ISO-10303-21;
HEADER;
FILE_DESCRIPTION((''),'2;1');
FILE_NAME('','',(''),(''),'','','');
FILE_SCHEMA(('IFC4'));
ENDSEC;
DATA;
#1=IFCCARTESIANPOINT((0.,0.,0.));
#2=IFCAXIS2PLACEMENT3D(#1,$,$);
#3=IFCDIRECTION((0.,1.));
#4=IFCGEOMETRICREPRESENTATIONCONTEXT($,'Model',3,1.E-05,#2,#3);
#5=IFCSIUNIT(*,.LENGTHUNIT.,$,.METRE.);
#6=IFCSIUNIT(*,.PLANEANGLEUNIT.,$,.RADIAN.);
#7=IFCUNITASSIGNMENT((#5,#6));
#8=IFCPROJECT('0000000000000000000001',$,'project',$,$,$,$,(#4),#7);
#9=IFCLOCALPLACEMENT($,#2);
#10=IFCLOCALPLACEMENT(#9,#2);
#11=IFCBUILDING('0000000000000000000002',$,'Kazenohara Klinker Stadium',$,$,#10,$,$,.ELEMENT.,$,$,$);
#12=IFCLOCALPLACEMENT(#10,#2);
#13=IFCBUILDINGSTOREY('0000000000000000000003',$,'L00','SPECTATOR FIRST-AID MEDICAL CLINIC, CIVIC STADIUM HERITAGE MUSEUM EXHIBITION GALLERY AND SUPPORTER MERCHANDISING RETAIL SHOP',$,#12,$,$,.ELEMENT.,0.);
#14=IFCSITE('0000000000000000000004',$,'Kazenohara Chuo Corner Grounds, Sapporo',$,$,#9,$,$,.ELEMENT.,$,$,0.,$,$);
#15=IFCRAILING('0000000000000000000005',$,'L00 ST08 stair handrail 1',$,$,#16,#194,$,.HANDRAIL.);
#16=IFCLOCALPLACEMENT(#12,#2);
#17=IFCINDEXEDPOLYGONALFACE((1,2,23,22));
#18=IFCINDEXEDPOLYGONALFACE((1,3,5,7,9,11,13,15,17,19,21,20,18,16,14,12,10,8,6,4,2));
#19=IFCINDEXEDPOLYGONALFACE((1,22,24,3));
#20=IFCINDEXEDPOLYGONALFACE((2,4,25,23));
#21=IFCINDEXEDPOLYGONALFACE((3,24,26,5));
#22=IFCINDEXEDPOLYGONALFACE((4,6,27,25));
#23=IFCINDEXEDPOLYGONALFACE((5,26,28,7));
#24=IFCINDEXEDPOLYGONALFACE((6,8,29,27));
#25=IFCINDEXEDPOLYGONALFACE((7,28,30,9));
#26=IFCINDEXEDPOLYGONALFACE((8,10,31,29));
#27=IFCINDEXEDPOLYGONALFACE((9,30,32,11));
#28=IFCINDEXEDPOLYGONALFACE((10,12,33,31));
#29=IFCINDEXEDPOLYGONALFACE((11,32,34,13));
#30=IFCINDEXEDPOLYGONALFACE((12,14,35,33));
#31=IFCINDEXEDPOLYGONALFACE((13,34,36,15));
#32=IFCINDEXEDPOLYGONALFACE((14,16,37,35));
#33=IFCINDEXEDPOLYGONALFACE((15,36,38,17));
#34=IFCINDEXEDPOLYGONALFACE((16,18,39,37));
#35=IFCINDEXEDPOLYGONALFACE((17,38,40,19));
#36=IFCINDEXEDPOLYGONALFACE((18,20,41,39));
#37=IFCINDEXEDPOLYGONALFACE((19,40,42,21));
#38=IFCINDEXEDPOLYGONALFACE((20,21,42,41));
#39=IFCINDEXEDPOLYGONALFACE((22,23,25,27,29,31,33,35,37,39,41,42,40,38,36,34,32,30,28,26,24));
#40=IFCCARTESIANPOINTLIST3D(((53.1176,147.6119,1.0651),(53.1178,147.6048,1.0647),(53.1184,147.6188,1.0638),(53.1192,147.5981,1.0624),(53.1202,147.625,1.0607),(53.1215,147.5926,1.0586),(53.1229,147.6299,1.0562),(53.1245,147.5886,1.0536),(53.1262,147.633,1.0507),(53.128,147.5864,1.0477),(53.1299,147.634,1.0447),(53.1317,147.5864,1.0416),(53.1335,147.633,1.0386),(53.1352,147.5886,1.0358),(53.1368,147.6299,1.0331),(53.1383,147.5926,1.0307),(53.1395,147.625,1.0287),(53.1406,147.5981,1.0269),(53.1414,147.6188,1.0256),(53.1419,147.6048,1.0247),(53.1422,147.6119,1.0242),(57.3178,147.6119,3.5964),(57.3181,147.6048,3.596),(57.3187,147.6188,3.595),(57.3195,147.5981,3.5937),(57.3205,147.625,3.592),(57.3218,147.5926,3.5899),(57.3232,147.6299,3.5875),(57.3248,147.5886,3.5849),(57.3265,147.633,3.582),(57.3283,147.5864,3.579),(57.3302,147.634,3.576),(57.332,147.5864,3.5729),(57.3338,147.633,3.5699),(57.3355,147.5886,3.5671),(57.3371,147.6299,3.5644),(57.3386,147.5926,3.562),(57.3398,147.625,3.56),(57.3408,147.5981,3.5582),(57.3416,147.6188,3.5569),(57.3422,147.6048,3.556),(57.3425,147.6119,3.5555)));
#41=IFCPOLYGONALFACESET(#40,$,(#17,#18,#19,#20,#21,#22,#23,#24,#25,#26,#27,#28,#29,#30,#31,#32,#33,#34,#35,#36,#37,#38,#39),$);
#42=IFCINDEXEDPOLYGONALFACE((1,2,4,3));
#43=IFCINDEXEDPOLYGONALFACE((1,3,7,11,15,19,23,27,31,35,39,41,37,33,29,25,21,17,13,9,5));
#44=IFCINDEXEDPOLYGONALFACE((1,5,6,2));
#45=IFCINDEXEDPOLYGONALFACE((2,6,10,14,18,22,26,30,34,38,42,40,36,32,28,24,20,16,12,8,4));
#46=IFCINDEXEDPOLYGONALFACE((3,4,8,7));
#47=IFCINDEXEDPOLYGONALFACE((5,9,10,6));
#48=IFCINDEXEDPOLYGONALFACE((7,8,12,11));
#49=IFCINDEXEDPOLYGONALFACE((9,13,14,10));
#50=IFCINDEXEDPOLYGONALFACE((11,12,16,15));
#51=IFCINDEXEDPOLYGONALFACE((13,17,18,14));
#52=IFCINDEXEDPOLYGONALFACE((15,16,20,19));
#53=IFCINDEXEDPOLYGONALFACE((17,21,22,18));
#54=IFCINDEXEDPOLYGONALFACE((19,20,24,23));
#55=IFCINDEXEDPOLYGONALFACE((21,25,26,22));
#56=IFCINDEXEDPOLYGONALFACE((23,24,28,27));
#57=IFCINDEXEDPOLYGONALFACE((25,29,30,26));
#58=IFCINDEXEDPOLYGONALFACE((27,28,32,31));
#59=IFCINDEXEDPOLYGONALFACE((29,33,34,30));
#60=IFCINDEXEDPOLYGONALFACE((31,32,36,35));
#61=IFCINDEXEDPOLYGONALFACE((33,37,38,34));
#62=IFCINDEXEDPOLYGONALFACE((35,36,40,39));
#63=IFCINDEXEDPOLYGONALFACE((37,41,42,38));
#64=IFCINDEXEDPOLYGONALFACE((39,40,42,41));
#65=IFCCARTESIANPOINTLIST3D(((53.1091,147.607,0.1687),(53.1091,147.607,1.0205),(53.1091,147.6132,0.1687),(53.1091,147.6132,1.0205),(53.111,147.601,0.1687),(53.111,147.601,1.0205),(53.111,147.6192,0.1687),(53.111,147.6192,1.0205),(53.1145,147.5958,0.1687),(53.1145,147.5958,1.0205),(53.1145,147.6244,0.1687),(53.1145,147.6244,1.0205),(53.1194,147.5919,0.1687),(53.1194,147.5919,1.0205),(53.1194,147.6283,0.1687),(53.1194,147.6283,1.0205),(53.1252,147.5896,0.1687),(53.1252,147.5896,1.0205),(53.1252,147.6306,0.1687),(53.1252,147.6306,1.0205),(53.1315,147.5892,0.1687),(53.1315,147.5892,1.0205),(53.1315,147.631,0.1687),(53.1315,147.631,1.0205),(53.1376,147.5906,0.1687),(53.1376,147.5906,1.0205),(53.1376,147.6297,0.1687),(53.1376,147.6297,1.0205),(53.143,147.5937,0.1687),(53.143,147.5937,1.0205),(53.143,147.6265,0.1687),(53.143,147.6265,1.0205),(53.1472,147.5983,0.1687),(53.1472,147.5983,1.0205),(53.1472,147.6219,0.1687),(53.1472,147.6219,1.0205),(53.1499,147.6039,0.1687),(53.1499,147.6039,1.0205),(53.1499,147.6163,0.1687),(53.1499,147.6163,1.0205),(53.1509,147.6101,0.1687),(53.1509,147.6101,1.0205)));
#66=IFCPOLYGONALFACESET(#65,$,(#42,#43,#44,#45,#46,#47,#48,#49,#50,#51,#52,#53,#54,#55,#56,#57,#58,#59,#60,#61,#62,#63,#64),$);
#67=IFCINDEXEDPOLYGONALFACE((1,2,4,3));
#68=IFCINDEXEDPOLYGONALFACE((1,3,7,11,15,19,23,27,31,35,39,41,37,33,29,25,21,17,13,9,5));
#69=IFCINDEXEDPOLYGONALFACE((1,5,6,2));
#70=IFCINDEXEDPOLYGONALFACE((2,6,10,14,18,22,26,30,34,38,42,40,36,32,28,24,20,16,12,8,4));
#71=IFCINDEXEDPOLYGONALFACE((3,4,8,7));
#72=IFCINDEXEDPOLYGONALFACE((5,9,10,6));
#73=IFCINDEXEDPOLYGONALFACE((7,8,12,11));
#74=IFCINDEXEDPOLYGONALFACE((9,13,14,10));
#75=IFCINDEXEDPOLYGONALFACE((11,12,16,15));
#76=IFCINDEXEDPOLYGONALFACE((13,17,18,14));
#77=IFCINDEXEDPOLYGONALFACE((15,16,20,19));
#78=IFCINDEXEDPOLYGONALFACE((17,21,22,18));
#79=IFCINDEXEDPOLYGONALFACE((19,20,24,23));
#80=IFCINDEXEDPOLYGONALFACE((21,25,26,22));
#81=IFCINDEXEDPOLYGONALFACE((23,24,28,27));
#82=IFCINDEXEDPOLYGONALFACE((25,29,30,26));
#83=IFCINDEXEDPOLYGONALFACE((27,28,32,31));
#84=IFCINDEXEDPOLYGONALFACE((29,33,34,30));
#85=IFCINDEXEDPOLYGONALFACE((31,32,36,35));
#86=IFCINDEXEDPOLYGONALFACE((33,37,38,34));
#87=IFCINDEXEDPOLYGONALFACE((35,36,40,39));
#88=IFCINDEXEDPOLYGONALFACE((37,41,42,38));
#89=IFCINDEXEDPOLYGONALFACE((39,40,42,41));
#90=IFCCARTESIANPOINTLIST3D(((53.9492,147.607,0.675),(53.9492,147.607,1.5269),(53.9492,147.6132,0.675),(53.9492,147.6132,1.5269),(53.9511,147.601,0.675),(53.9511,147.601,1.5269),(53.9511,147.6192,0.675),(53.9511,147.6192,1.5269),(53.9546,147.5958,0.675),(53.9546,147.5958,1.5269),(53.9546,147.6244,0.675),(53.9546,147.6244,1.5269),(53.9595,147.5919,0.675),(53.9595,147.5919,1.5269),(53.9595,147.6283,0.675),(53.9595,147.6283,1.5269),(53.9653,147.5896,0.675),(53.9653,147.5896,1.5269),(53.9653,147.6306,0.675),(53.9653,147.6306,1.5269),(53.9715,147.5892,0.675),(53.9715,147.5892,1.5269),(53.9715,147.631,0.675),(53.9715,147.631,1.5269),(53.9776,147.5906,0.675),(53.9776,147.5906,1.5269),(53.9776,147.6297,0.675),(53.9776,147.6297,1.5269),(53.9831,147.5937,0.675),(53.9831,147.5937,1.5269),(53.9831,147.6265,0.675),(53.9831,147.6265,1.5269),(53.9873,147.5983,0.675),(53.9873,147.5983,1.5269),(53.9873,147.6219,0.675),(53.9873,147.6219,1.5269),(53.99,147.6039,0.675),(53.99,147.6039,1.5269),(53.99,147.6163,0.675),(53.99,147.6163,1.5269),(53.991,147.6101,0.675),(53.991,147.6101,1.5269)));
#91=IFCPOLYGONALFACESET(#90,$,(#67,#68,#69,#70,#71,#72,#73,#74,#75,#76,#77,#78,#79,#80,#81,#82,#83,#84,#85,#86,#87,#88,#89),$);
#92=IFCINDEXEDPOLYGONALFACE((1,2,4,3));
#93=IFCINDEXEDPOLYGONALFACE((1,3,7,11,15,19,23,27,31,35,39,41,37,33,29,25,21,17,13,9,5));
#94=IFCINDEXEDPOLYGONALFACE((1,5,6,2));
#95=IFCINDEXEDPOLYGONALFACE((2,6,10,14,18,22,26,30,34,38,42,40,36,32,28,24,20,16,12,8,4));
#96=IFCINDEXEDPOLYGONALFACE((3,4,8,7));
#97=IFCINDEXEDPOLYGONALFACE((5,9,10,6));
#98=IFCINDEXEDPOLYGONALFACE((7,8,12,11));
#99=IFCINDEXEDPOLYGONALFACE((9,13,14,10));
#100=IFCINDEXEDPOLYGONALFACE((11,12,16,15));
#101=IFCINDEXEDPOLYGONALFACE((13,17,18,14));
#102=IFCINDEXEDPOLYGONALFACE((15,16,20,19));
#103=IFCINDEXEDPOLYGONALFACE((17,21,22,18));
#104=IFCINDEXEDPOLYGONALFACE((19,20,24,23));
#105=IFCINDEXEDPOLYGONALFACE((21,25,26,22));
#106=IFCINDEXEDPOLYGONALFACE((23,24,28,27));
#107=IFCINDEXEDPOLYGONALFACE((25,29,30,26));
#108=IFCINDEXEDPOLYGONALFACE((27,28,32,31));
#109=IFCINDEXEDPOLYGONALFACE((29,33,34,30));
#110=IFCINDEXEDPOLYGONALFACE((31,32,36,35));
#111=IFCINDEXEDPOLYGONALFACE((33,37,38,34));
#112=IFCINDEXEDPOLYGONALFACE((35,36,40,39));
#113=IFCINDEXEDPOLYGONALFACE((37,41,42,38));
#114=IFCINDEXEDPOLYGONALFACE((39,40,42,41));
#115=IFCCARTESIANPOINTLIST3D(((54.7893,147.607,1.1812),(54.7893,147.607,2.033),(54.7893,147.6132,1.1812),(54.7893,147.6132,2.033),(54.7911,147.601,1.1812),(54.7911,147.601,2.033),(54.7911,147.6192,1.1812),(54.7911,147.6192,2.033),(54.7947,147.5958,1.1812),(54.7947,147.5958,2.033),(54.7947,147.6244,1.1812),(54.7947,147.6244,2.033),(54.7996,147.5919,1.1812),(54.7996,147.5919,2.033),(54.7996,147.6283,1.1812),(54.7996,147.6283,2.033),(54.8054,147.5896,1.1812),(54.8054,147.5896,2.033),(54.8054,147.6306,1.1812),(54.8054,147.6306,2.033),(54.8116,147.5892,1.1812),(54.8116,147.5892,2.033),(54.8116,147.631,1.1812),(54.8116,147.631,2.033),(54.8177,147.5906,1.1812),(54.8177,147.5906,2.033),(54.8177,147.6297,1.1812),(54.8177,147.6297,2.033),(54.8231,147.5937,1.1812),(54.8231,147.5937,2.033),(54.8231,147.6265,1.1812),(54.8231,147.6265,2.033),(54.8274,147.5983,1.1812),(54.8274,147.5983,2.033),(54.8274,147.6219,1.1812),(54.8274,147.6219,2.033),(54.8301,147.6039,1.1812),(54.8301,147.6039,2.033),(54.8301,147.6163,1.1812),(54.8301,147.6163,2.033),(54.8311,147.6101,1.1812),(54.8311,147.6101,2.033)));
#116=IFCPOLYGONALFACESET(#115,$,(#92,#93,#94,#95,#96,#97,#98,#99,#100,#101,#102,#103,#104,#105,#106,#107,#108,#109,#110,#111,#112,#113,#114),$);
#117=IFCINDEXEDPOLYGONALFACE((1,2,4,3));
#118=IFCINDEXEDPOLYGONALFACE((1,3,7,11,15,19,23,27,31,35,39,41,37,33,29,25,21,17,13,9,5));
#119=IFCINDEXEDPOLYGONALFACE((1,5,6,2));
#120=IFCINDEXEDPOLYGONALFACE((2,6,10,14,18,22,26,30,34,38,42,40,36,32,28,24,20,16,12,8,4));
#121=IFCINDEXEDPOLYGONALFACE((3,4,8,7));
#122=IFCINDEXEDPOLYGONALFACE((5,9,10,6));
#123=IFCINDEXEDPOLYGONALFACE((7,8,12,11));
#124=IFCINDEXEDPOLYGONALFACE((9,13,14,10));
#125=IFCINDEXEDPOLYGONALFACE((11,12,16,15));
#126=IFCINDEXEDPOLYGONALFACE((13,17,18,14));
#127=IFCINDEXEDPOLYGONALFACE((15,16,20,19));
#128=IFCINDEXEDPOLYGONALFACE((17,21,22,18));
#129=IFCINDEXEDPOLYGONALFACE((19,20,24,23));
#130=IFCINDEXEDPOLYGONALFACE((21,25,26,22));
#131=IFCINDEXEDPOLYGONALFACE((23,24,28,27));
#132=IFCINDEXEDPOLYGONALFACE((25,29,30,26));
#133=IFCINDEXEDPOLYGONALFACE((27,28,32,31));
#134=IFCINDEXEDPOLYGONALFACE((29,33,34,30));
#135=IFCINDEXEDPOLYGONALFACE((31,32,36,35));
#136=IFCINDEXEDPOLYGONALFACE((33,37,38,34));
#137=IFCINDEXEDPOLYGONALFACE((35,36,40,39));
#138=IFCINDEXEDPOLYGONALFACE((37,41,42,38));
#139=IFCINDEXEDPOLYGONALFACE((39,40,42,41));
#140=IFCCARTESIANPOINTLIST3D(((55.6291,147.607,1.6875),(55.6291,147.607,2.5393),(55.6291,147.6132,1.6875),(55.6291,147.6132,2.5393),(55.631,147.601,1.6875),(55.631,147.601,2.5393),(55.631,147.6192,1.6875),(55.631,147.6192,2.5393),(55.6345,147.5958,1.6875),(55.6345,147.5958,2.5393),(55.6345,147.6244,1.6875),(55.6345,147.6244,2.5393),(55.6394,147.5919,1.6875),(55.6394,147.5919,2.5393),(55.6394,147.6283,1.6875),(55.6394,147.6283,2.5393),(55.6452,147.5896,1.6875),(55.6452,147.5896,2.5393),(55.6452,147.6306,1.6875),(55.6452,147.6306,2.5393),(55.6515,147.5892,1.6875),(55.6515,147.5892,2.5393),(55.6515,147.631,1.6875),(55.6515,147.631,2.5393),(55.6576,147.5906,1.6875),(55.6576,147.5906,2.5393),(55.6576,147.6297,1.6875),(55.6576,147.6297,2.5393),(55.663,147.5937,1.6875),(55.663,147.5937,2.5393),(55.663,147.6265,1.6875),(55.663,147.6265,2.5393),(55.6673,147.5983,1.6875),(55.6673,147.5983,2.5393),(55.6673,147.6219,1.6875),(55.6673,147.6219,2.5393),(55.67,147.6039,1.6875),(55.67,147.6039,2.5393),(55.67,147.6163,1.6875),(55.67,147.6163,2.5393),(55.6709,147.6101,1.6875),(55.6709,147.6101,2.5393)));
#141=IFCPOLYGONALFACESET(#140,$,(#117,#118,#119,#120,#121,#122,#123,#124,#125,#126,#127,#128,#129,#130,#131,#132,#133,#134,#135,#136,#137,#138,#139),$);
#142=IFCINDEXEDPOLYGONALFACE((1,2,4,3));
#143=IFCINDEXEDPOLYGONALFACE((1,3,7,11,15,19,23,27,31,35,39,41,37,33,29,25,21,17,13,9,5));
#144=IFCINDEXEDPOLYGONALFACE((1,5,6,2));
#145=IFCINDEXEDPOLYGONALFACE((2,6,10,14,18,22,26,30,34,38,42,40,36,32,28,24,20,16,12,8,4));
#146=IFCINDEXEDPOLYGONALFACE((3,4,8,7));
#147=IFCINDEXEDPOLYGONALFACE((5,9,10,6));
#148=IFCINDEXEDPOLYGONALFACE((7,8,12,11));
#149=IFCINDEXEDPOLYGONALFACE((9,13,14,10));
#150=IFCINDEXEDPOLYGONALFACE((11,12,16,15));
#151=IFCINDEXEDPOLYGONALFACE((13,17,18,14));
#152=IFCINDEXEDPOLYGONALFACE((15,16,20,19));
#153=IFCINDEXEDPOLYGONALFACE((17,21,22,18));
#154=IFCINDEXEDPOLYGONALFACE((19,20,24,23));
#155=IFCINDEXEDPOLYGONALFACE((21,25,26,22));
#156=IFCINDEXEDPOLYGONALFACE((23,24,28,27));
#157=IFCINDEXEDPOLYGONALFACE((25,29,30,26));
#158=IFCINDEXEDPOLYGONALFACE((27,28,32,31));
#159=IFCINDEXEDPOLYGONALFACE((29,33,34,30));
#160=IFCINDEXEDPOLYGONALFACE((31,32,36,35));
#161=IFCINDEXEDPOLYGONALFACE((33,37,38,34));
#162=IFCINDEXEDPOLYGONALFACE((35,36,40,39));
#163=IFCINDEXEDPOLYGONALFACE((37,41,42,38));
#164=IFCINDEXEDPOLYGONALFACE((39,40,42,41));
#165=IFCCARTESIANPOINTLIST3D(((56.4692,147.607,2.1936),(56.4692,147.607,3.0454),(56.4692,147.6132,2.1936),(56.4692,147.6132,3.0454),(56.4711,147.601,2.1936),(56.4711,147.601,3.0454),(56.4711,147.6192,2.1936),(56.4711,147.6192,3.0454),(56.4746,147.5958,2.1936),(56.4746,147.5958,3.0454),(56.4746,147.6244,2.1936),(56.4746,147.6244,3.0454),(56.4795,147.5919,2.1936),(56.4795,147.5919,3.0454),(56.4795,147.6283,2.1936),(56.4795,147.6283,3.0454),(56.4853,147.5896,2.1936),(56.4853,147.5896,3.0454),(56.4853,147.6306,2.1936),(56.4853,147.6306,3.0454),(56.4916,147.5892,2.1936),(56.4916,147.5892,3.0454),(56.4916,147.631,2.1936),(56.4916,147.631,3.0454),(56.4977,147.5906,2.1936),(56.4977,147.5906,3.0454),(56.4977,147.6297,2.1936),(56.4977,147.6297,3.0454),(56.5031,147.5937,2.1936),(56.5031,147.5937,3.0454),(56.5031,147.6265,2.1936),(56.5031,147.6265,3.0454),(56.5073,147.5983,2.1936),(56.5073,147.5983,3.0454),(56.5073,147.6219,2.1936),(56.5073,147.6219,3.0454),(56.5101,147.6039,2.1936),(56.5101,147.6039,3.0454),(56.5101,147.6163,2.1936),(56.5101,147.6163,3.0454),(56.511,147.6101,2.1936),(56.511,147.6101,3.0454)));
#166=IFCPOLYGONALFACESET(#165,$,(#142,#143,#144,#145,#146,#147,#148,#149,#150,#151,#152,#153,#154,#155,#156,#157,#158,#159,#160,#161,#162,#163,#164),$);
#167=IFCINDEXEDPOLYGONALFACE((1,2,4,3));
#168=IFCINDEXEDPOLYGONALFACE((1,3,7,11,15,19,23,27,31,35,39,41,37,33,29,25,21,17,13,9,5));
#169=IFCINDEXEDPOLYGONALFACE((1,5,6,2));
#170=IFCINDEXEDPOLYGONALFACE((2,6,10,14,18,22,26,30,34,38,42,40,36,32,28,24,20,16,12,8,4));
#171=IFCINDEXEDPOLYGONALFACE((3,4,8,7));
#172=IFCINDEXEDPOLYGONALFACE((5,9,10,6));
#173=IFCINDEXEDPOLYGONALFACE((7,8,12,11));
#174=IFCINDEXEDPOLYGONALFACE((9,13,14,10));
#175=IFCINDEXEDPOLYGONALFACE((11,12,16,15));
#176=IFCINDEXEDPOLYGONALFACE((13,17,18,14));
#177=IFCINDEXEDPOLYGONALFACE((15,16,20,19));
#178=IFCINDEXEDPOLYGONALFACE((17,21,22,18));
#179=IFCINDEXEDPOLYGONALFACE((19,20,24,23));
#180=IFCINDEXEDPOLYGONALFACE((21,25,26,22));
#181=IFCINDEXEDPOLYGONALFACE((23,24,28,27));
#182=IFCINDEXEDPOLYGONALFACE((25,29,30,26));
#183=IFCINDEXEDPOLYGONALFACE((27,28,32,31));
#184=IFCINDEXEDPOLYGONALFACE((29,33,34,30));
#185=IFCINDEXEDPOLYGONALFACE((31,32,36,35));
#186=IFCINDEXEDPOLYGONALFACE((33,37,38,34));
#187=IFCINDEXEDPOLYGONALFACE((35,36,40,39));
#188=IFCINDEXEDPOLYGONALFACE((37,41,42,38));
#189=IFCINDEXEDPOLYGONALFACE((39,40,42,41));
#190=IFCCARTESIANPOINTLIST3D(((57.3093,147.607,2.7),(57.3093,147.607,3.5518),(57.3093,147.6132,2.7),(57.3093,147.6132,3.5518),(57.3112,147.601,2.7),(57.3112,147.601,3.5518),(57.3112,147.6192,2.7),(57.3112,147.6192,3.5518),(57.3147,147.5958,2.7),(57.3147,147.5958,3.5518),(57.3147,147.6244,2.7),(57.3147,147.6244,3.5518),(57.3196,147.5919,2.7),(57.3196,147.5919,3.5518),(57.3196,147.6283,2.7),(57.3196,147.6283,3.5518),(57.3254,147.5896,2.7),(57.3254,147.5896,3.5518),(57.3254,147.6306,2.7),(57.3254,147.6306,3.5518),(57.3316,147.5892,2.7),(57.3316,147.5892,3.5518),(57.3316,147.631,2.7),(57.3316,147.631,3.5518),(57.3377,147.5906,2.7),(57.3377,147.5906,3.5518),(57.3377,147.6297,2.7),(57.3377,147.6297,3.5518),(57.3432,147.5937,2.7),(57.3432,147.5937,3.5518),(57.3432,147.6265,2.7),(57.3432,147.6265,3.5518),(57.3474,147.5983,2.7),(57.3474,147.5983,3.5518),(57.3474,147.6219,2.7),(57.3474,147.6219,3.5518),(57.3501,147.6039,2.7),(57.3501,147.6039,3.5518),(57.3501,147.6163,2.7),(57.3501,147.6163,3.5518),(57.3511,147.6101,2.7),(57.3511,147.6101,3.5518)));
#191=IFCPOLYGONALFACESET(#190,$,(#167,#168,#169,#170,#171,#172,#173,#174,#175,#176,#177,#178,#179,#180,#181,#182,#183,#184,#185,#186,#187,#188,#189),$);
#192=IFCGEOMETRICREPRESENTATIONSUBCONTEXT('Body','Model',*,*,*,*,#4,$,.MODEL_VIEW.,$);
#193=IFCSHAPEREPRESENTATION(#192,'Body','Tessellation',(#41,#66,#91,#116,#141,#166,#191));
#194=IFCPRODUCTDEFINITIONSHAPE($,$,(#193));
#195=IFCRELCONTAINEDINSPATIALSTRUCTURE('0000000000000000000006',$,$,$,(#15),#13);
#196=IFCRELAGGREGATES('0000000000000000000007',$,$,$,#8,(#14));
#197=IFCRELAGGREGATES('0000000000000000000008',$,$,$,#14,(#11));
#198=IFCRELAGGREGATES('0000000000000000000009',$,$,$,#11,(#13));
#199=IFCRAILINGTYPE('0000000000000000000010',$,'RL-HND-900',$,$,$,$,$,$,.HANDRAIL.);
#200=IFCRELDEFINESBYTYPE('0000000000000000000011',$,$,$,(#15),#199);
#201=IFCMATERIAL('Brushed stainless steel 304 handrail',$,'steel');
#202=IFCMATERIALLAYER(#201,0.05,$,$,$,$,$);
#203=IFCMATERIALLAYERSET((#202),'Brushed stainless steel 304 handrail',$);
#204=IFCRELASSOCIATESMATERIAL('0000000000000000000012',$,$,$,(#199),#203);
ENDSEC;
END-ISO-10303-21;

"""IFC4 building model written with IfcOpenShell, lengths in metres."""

from ifc_helpers import new_model, si_unit, direction, frame, origin, origin_2d, place, context, subcontext, project, spatial, circle, extrude, material, layer, layer_set, type_object, element, save


model = new_model("IFC4")

# Units and contexts
model_context = context("Model", 3, precision=1e-05, world=origin(), true_north=direction((0.0, 1.0)))
body_context = subcontext(model_context, "Body", "Model", "MODEL_VIEW")
ifc_project = project(units=[si_unit("LENGTHUNIT", "METRE"), si_unit("PLANEANGLEUNIT", "RADIAN")], contexts=[model_context])

# Site, building, storey
site_placement = place(None, origin())
site = spatial("IfcSite", under=ifc_project, at=site_placement, Name="Kazenohara Chuo Corner Grounds, Sapporo", CompositionType="ELEMENT", RefElevation=0.0)
building_placement = place(site_placement, origin())
building = spatial("IfcBuilding", under=site, at=building_placement, Name="Kazenohara Klinker Stadium", CompositionType="ELEMENT")
storey_placement = place(building_placement, origin())
storey = spatial("IfcBuildingStorey", under=building, at=storey_placement, Name="L00", Description="SPECTATOR FIRST-AID MEDICAL CLINIC, CIVIC STADIUM HERITAGE MUSEUM EXHIBITION GALLERY AND SUPPORTER MERCHANDISING RETAIL SHOP", CompositionType="ELEMENT", Elevation=0.0)

# Railing
ifc_material_1 = material(Name="Brushed stainless steel 304 handrail", Category="steel")
ifc_layer_1 = layer(ifc_material_1, 0.05)
ifc_layer_set_1 = layer_set([ifc_layer_1], Name="Brushed stainless steel 304 handrail")
railing_type_1 = type_object("IfcRailingType", Name="RL-HND-900", PredefinedType="HANDRAIL", material=ifc_layer_set_1)
railing_1_placement = place(storey_placement, frame((53.1299, 147.6101, 0.1687)))
element("IfcRailing", 1, at=railing_1_placement, inside=storey, type_object=railing_type_1, Name="L00 ST08 stair handrail 1", PredefinedType="HANDRAIL", context=body_context, shape_type="SweptSolid", body=[
    extrude(circle(Radius=0.0239, at=origin_2d()), frame((0.0, 0.0, 0.876), z_axis=(0.85649, 0.0, 0.516164), x_axis=(0.0, 1.0, 0.0)), (0.0, 0.0, 1.0), 4.9041),
    extrude(circle(Radius=0.021, at=origin_2d()), origin(), (0.0, 0.0, 1.0), 0.8518),
    extrude(circle(Radius=0.021, at=origin_2d()), frame((0.8401, 0.0, 0.5063)), (0.0, 0.0, 1.0), 0.8518),
    extrude(circle(Radius=0.021, at=origin_2d()), frame((1.6802, 0.0, 1.0125)), (0.0, 0.0, 1.0), 0.8518),
    extrude(circle(Radius=0.021, at=origin_2d()), frame((2.52, 0.0, 1.5188)), (0.0, 0.0, 1.0), 0.8518),
    extrude(circle(Radius=0.021, at=origin_2d()), frame((3.3601, 0.0, 2.0249)), (0.0, 0.0, 1.0), 0.8518),
    extrude(circle(Radius=0.021, at=origin_2d()), frame((4.2002, 0.0, 2.5312)), (0.0, 0.0, 1.0), 0.8518),
])

save(model, "model.ifc")
